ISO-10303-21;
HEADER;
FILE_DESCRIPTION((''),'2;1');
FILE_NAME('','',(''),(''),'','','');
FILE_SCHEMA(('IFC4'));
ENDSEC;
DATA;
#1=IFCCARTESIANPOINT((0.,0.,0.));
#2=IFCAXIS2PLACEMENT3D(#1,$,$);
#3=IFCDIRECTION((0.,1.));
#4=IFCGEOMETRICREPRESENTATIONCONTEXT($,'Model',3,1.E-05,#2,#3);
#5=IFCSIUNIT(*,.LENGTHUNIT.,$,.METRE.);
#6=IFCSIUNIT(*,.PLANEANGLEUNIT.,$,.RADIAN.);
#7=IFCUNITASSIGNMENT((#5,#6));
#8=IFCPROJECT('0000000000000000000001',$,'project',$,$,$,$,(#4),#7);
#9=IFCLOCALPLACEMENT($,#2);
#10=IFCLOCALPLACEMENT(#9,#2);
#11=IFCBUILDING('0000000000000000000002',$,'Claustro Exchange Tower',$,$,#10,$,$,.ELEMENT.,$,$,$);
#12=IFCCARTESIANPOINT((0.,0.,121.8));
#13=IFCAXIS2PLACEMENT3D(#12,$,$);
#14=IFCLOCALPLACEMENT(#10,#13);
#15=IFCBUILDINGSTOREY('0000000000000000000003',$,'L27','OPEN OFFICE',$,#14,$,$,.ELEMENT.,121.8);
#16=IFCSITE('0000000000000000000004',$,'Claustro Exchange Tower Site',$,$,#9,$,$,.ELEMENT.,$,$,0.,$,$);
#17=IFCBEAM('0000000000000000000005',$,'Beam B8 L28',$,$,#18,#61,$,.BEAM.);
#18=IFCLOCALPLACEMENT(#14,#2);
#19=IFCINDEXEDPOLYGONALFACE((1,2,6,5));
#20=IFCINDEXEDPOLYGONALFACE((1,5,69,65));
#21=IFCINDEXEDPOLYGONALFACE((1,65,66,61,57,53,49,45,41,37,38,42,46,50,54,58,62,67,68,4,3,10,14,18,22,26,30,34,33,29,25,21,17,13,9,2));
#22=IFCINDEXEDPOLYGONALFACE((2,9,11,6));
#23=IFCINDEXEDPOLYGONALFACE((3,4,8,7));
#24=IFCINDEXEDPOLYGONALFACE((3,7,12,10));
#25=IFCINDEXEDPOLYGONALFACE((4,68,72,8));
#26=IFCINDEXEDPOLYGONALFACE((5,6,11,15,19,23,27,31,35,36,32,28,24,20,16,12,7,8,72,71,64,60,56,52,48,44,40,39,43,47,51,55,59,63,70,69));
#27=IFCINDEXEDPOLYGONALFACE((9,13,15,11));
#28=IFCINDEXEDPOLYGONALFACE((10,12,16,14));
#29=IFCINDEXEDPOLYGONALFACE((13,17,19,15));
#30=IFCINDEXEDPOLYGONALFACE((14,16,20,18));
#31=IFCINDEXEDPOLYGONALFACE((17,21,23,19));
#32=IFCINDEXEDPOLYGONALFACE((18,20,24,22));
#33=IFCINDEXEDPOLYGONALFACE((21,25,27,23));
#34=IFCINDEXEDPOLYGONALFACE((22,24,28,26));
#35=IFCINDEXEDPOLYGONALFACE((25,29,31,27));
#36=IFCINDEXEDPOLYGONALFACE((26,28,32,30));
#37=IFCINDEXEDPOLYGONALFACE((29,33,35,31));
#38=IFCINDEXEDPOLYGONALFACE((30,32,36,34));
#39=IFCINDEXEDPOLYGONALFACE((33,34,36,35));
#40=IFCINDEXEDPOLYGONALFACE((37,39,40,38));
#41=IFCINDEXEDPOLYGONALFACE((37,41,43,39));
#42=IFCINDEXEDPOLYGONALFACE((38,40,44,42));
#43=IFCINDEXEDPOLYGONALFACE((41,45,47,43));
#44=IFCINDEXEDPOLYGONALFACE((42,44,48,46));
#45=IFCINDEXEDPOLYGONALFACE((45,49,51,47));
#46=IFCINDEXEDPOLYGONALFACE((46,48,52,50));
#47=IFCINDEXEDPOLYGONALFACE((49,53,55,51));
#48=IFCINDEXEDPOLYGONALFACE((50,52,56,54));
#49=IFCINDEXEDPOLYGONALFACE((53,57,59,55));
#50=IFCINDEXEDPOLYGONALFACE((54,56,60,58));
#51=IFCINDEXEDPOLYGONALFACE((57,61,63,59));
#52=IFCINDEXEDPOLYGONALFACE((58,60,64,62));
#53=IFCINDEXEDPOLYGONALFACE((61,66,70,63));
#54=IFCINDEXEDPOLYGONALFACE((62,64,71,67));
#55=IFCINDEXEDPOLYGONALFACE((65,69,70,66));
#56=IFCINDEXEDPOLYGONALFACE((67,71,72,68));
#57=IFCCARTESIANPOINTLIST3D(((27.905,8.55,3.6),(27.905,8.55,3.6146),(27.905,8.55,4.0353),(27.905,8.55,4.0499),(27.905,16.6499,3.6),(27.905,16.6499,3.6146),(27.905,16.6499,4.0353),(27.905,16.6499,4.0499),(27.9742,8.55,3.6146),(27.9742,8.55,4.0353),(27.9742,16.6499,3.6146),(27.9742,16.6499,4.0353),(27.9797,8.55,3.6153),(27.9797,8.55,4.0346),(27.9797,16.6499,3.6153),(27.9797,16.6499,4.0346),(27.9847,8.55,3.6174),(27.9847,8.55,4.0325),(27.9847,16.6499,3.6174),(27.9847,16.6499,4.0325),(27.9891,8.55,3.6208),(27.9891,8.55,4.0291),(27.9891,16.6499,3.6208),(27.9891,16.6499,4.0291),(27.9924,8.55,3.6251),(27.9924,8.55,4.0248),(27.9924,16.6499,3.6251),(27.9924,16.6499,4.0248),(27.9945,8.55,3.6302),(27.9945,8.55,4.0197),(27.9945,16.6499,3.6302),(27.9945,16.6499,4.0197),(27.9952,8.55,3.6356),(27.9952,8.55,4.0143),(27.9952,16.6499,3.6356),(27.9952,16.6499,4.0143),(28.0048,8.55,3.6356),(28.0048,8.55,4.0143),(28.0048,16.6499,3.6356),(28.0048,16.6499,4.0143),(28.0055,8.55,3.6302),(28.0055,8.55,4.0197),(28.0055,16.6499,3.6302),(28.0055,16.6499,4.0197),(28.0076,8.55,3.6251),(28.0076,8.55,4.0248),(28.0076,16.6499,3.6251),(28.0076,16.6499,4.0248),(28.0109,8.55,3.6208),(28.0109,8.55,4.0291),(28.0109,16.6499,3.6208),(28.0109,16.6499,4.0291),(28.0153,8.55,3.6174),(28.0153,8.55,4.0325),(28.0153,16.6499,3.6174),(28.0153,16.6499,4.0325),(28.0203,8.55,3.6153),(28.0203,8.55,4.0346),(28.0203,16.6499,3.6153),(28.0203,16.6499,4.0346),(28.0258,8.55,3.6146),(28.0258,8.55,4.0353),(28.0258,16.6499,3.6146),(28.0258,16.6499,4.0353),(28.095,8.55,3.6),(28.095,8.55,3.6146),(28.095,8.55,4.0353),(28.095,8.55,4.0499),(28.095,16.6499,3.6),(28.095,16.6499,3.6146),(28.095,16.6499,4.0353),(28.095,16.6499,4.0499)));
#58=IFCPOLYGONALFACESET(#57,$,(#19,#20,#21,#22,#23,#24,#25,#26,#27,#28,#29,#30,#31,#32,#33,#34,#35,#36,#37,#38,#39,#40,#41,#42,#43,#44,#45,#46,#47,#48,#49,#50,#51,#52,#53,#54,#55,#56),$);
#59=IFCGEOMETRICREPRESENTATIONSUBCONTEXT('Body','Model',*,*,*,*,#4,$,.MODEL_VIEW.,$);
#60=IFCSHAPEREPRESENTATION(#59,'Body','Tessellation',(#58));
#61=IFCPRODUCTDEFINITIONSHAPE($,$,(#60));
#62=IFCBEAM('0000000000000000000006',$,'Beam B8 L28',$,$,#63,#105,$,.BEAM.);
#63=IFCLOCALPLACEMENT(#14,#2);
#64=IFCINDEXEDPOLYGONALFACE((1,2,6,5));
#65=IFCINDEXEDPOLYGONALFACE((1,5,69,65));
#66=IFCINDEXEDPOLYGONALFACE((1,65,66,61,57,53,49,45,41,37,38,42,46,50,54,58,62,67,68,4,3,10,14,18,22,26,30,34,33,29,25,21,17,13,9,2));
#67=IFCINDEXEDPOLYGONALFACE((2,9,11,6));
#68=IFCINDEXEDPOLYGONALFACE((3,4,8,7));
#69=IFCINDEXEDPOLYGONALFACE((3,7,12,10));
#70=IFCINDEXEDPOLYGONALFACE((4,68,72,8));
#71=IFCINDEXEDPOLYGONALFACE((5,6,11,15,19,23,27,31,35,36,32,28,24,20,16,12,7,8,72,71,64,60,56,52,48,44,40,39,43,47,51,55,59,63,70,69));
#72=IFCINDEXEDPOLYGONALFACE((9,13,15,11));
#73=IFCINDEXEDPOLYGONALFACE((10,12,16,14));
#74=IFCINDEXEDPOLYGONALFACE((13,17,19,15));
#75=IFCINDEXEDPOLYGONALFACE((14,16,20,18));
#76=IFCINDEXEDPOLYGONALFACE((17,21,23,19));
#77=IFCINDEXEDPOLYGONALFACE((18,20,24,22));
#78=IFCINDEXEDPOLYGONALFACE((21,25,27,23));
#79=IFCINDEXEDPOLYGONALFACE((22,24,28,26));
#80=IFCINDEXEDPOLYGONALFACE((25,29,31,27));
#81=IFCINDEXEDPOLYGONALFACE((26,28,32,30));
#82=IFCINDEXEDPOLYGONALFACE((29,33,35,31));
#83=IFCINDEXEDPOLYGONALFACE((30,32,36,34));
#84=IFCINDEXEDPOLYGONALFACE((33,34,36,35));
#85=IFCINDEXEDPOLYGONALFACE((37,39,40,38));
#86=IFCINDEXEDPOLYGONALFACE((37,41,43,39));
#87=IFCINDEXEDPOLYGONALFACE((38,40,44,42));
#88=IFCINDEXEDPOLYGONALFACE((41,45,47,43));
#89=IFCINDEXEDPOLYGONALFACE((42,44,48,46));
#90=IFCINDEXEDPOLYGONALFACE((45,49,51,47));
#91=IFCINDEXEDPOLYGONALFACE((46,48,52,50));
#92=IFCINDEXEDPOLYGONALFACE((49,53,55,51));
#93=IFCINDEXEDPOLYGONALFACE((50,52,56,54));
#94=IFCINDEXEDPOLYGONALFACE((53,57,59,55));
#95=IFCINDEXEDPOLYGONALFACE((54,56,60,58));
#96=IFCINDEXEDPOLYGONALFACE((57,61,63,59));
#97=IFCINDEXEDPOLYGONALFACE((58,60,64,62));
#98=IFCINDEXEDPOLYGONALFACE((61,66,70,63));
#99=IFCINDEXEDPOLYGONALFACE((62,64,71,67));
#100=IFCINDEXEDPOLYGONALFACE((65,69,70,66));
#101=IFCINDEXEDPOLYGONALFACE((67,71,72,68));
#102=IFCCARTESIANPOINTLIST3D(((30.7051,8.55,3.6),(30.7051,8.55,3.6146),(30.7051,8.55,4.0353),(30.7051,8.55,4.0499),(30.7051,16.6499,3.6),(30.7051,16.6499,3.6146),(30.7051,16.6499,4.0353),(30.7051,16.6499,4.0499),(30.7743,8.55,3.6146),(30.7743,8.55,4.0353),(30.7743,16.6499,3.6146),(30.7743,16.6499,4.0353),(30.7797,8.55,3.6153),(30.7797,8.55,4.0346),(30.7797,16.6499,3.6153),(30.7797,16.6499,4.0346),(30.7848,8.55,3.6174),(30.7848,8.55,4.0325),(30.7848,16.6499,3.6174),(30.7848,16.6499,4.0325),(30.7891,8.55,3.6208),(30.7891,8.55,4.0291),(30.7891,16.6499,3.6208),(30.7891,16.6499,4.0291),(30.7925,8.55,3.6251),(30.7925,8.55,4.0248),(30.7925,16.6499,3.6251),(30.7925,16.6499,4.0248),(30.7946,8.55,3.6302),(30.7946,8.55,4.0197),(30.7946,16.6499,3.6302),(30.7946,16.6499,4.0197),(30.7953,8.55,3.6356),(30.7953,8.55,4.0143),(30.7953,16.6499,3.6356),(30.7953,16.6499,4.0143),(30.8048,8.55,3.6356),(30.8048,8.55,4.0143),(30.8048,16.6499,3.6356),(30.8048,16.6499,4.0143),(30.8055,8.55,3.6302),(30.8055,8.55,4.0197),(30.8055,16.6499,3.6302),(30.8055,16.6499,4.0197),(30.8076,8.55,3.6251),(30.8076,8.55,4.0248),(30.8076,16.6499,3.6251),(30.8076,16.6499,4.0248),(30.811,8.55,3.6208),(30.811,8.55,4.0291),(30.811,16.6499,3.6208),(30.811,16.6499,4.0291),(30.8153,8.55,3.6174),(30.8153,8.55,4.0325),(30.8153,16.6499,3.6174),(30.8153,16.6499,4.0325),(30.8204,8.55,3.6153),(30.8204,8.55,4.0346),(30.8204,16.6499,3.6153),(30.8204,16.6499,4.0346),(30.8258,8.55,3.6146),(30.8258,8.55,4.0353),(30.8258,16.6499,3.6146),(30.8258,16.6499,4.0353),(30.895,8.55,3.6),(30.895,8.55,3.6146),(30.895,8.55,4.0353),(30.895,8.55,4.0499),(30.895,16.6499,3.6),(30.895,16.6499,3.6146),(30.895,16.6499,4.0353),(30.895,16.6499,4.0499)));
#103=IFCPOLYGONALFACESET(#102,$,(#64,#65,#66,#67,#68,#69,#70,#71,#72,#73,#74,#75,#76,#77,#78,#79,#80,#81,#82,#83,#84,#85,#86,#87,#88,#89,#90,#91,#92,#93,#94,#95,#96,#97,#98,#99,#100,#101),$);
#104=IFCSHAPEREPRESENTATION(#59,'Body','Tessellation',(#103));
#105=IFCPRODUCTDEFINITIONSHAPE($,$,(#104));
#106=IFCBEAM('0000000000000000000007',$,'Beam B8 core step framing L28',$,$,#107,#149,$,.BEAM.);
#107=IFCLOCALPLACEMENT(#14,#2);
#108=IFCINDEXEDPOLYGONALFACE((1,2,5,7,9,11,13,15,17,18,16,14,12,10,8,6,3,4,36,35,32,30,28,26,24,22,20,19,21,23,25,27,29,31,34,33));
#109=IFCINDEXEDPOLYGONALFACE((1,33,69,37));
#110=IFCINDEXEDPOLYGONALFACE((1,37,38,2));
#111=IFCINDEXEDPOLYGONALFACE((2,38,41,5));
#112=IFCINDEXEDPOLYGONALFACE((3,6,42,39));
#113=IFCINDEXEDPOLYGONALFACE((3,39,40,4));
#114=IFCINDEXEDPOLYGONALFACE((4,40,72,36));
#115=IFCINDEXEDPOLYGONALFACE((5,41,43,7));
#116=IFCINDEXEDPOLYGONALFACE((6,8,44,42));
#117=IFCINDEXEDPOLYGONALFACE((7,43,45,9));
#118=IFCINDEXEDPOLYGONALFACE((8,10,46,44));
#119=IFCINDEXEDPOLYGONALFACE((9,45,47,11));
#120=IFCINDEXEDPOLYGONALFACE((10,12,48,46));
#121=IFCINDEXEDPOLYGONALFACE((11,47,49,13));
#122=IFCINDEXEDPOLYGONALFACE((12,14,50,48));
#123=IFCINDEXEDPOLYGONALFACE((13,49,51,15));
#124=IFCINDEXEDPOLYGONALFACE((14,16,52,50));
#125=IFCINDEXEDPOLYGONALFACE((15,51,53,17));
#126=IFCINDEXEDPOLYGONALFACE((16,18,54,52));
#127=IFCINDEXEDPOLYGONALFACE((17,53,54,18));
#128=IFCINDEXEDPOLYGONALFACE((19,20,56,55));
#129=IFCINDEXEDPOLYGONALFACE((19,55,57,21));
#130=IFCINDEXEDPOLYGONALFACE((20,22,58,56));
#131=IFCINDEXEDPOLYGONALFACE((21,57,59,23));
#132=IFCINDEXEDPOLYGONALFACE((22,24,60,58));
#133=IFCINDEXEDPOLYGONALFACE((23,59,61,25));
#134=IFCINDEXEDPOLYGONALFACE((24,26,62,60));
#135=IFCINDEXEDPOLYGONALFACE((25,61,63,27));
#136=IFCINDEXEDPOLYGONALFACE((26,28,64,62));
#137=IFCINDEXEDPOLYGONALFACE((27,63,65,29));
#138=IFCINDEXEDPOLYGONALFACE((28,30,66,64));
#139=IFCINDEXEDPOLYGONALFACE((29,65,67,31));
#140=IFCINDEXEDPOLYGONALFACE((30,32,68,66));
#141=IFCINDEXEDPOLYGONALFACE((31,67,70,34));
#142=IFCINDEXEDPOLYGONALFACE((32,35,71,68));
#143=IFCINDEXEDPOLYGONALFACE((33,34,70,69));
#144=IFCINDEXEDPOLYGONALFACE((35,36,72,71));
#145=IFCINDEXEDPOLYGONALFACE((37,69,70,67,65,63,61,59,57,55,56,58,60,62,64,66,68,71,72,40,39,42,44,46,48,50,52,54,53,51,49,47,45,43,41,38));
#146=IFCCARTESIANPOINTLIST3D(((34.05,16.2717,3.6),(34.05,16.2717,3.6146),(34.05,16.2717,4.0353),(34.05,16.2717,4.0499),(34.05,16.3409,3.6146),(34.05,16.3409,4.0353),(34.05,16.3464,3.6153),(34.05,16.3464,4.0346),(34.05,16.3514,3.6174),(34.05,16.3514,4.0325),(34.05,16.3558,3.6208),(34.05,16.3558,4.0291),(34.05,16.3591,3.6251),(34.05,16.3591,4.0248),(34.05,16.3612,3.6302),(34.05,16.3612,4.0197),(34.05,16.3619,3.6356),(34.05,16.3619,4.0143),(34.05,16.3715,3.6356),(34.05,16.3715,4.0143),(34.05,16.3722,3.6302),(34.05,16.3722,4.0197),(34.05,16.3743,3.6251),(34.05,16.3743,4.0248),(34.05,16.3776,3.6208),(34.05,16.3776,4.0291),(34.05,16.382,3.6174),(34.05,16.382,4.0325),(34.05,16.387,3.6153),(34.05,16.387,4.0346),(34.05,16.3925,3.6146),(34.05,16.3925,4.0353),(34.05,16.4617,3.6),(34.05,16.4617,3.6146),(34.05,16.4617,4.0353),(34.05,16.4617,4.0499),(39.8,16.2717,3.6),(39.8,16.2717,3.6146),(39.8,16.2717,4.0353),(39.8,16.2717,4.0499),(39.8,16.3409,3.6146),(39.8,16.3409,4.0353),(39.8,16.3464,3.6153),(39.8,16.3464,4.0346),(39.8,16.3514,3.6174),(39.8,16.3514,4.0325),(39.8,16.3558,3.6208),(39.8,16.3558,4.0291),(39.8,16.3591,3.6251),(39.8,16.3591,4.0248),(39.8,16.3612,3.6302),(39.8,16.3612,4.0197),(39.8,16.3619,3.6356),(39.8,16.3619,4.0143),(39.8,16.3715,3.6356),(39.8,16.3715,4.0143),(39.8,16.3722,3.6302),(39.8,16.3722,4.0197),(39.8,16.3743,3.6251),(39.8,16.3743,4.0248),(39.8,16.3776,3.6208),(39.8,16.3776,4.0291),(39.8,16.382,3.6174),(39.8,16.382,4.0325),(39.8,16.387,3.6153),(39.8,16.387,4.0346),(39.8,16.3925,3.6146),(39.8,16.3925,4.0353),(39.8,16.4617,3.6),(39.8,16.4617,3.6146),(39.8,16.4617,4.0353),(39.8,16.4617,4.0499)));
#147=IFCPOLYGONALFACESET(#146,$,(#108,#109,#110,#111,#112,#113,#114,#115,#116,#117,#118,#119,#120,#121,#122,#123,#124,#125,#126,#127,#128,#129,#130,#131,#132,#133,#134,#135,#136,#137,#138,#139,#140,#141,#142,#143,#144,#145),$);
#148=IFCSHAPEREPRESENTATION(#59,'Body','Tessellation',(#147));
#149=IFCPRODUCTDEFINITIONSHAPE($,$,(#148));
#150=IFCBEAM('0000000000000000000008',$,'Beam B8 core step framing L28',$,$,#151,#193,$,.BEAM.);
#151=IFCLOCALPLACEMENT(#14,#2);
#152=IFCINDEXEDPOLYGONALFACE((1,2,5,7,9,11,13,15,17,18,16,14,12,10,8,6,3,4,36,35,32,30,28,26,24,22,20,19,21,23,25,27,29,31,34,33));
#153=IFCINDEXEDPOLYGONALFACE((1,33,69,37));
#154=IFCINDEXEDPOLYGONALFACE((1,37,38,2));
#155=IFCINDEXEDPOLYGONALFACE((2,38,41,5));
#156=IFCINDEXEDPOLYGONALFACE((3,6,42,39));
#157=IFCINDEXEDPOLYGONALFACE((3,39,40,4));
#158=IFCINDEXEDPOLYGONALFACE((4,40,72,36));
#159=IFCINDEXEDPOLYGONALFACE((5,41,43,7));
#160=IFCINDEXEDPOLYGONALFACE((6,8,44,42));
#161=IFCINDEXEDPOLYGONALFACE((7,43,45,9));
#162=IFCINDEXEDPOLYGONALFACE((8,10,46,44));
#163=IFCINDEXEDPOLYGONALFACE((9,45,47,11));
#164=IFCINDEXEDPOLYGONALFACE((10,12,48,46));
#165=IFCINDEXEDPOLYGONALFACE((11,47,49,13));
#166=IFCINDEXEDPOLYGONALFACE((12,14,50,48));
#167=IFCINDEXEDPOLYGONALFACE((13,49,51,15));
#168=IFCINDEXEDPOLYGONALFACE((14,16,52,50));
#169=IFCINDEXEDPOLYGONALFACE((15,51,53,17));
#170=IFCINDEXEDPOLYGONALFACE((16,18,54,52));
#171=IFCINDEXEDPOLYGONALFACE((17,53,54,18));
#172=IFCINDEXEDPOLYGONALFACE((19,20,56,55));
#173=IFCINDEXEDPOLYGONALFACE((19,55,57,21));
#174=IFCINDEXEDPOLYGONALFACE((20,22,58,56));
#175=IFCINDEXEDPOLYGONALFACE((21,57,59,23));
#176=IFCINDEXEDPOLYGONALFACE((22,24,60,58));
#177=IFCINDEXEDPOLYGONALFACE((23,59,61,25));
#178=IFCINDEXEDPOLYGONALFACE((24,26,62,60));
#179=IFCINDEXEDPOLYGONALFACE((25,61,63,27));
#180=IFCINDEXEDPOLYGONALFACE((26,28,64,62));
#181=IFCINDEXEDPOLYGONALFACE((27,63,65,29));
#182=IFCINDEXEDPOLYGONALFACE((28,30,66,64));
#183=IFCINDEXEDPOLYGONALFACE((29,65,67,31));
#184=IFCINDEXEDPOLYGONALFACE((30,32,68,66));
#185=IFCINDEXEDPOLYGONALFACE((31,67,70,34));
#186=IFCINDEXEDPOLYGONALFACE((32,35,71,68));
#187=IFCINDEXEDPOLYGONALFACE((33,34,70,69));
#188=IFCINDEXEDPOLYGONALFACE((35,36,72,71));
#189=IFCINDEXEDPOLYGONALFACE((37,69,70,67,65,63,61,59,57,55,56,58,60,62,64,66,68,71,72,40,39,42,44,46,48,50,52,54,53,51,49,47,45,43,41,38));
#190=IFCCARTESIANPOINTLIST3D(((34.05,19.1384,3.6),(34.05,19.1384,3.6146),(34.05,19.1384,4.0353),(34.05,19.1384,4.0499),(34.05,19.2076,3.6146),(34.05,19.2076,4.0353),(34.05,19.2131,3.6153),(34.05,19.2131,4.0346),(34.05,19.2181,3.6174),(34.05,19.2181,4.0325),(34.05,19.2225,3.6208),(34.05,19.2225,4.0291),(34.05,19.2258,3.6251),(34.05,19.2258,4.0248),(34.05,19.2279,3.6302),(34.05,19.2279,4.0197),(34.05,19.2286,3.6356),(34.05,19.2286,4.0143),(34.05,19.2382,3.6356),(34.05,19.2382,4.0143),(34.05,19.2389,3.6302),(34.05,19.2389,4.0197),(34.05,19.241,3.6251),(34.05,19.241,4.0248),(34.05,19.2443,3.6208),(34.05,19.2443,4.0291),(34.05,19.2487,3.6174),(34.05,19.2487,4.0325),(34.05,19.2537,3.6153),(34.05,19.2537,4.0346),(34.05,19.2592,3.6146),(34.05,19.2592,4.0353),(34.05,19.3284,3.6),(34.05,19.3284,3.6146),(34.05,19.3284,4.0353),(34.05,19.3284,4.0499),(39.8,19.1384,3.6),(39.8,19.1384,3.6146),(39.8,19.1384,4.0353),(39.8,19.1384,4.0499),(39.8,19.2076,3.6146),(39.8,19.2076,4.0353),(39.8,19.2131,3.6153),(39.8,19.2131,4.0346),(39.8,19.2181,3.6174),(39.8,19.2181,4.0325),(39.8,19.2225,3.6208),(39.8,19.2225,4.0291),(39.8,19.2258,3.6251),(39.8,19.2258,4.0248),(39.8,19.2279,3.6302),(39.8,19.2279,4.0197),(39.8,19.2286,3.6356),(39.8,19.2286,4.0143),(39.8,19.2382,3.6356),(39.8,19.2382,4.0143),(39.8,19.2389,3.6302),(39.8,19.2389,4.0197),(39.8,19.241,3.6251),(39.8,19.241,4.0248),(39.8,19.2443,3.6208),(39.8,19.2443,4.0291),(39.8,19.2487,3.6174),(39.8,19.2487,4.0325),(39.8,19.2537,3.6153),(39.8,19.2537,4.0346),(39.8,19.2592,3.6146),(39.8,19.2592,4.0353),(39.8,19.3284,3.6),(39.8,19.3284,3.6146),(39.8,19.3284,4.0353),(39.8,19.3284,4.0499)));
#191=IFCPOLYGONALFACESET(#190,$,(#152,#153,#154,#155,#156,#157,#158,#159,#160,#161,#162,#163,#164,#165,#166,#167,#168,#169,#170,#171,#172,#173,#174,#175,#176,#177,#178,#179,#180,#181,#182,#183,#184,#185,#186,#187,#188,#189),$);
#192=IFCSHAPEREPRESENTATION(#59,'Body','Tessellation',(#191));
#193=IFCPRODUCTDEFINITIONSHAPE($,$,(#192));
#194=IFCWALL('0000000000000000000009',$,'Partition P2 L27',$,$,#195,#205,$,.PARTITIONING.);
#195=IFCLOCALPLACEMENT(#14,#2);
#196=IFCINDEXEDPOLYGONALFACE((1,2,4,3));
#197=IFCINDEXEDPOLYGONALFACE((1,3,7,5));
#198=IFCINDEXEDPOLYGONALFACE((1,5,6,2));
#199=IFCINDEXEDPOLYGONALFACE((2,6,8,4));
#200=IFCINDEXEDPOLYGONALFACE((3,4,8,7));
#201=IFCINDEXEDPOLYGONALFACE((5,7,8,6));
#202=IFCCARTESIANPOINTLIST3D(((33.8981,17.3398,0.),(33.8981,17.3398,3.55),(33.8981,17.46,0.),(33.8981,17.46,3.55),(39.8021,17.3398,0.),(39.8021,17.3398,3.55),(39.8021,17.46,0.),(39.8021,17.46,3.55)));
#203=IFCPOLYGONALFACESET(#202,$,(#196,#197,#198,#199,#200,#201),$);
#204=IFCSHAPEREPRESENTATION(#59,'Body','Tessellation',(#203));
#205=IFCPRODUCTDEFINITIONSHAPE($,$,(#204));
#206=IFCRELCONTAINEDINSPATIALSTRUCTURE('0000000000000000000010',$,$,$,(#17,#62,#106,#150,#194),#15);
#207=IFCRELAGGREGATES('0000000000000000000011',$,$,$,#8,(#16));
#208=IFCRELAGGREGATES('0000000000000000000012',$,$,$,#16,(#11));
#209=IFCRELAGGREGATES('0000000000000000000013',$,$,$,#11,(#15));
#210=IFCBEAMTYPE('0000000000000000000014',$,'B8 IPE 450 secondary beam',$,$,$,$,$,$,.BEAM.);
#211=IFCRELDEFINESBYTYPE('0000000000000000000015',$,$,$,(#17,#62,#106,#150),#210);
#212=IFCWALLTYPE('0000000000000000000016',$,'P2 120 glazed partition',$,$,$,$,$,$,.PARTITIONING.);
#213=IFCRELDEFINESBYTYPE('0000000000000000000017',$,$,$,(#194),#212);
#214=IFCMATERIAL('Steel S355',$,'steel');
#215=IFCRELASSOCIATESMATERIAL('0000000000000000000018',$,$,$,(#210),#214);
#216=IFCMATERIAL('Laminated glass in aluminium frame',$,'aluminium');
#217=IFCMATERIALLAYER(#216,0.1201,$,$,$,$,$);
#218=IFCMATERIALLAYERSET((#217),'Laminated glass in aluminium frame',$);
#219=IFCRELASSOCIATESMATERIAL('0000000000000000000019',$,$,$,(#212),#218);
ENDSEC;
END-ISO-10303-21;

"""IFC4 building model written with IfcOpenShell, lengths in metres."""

from ifc_helpers import new_model, si_unit, direction, frame, frame_2d, origin, origin_2d, place, context, subcontext, project, spatial, rectangle, i_section, extrude, material, layer, layer_set, material_profile, profile_set, type_object, element, save


model = new_model("IFC4")

# Units and contexts
model_context = context("Model", 3, precision=1e-05, world=origin(), true_north=direction((0.0, 1.0)))
body_context = subcontext(model_context, "Body", "Model", "MODEL_VIEW")
ifc_project = project(units=[si_unit("LENGTHUNIT", "METRE"), si_unit("PLANEANGLEUNIT", "RADIAN")], contexts=[model_context])

# Site, building, storey
site_placement = place(None, origin())
site = spatial("IfcSite", under=ifc_project, at=site_placement, Name="Claustro Exchange Tower Site", CompositionType="ELEMENT", RefElevation=0.0)
building_placement = place(site_placement, origin())
building = spatial("IfcBuilding", under=site, at=building_placement, Name="Claustro Exchange Tower", CompositionType="ELEMENT")
storey_placement = place(building_placement, frame((0.0, 0.0, 121.8)))
storey = spatial("IfcBuildingStorey", under=building, at=storey_placement, Name="L27", Description="OPEN OFFICE", CompositionType="ELEMENT", Elevation=121.8)

# Beams
ifc_material_1 = material(Name="Steel S355", Category="steel")
ifc_material_profile_1 = material_profile(ifc_material_1, i_section(OverallWidth=0.1899, OverallDepth=0.45, WebThickness=0.0095, FlangeThickness=0.0146, FilletRadius=0.021, at=origin_2d()), Name="IPE 450")
ifc_profile_set_1 = profile_set([ifc_material_profile_1], Name="Steel S355")
beam_type_1 = type_object("IfcBeamType", Name="B8 IPE 450 secondary beam", PredefinedType="BEAM", material=ifc_profile_set_1)
for number, where, z_axis, x_axis, name in (
    (1, (28.0, 8.55, 3.825), (0.0, 1.0, 0.0), (-1.0, 0.0, 0.0), "Beam B8 L28"),
    (2, (30.8, 8.55, 3.825), (0.0, 1.0, 0.0), (-1.0, 0.0, 0.0), "Beam B8 L28"),
):
    element("IfcBeam", number, at=place(storey_placement, frame(where, z_axis=z_axis, x_axis=x_axis)), inside=storey, type_object=beam_type_1, Name=name, PredefinedType="BEAM", context=body_context, shape_type="SweptSolid", body=[
        extrude(i_section(OverallWidth=0.1899, OverallDepth=0.45, WebThickness=0.0095, FlangeThickness=0.0146, FilletRadius=0.021, at=origin_2d()), origin(), (0.0, 0.0, 1.0), 8.0999),
    ])
for number, where, z_axis, x_axis, name in (
    (3, (34.05, 16.3667, 3.825), (1.0, 0.0, 0.0), (0.0, 1.0, 0.0), "Beam B8 core step framing L28"),
    (4, (34.05, 19.2334, 3.825), (1.0, 0.0, 0.0), (0.0, 1.0, 0.0), "Beam B8 core step framing L28"),
):
    element("IfcBeam", number, at=place(storey_placement, frame(where, z_axis=z_axis, x_axis=x_axis)), inside=storey, type_object=beam_type_1, Name=name, PredefinedType="BEAM", context=body_context, shape_type="SweptSolid", body=[
        extrude(i_section(OverallWidth=0.1899, OverallDepth=0.45, WebThickness=0.0095, FlangeThickness=0.0146, FilletRadius=0.021, at=origin_2d()), origin(), (0.0, 0.0, 1.0), 5.75),
    ])

# Wall
ifc_material_2 = material(Name="Laminated glass in aluminium frame", Category="aluminium")
ifc_layer_1 = layer(ifc_material_2, 0.1201)
ifc_layer_set_1 = layer_set([ifc_layer_1], Name="Laminated glass in aluminium frame")
wall_type_1 = type_object("IfcWallType", Name="P2 120 glazed partition", PredefinedType="PARTITIONING", material=ifc_layer_set_1)
wall_1_placement = place(storey_placement, frame((33.8979, 17.3999, 0.0), z_axis=(0.0, 0.0, 1.0), x_axis=(1.0, 0.0, 0.0)))
element("IfcWall", 5, at=wall_1_placement, inside=storey, type_object=wall_type_1, Name="Partition P2 L27", PredefinedType="PARTITIONING", context=body_context, shape_type="SweptSolid", body=[
    extrude(rectangle(XDim=5.9041, YDim=0.1201, at=frame_2d((2.9521, 0.0))), origin(), (0.0, 0.0, 1.0), 3.55),
])

save(model, "model.ifc")
